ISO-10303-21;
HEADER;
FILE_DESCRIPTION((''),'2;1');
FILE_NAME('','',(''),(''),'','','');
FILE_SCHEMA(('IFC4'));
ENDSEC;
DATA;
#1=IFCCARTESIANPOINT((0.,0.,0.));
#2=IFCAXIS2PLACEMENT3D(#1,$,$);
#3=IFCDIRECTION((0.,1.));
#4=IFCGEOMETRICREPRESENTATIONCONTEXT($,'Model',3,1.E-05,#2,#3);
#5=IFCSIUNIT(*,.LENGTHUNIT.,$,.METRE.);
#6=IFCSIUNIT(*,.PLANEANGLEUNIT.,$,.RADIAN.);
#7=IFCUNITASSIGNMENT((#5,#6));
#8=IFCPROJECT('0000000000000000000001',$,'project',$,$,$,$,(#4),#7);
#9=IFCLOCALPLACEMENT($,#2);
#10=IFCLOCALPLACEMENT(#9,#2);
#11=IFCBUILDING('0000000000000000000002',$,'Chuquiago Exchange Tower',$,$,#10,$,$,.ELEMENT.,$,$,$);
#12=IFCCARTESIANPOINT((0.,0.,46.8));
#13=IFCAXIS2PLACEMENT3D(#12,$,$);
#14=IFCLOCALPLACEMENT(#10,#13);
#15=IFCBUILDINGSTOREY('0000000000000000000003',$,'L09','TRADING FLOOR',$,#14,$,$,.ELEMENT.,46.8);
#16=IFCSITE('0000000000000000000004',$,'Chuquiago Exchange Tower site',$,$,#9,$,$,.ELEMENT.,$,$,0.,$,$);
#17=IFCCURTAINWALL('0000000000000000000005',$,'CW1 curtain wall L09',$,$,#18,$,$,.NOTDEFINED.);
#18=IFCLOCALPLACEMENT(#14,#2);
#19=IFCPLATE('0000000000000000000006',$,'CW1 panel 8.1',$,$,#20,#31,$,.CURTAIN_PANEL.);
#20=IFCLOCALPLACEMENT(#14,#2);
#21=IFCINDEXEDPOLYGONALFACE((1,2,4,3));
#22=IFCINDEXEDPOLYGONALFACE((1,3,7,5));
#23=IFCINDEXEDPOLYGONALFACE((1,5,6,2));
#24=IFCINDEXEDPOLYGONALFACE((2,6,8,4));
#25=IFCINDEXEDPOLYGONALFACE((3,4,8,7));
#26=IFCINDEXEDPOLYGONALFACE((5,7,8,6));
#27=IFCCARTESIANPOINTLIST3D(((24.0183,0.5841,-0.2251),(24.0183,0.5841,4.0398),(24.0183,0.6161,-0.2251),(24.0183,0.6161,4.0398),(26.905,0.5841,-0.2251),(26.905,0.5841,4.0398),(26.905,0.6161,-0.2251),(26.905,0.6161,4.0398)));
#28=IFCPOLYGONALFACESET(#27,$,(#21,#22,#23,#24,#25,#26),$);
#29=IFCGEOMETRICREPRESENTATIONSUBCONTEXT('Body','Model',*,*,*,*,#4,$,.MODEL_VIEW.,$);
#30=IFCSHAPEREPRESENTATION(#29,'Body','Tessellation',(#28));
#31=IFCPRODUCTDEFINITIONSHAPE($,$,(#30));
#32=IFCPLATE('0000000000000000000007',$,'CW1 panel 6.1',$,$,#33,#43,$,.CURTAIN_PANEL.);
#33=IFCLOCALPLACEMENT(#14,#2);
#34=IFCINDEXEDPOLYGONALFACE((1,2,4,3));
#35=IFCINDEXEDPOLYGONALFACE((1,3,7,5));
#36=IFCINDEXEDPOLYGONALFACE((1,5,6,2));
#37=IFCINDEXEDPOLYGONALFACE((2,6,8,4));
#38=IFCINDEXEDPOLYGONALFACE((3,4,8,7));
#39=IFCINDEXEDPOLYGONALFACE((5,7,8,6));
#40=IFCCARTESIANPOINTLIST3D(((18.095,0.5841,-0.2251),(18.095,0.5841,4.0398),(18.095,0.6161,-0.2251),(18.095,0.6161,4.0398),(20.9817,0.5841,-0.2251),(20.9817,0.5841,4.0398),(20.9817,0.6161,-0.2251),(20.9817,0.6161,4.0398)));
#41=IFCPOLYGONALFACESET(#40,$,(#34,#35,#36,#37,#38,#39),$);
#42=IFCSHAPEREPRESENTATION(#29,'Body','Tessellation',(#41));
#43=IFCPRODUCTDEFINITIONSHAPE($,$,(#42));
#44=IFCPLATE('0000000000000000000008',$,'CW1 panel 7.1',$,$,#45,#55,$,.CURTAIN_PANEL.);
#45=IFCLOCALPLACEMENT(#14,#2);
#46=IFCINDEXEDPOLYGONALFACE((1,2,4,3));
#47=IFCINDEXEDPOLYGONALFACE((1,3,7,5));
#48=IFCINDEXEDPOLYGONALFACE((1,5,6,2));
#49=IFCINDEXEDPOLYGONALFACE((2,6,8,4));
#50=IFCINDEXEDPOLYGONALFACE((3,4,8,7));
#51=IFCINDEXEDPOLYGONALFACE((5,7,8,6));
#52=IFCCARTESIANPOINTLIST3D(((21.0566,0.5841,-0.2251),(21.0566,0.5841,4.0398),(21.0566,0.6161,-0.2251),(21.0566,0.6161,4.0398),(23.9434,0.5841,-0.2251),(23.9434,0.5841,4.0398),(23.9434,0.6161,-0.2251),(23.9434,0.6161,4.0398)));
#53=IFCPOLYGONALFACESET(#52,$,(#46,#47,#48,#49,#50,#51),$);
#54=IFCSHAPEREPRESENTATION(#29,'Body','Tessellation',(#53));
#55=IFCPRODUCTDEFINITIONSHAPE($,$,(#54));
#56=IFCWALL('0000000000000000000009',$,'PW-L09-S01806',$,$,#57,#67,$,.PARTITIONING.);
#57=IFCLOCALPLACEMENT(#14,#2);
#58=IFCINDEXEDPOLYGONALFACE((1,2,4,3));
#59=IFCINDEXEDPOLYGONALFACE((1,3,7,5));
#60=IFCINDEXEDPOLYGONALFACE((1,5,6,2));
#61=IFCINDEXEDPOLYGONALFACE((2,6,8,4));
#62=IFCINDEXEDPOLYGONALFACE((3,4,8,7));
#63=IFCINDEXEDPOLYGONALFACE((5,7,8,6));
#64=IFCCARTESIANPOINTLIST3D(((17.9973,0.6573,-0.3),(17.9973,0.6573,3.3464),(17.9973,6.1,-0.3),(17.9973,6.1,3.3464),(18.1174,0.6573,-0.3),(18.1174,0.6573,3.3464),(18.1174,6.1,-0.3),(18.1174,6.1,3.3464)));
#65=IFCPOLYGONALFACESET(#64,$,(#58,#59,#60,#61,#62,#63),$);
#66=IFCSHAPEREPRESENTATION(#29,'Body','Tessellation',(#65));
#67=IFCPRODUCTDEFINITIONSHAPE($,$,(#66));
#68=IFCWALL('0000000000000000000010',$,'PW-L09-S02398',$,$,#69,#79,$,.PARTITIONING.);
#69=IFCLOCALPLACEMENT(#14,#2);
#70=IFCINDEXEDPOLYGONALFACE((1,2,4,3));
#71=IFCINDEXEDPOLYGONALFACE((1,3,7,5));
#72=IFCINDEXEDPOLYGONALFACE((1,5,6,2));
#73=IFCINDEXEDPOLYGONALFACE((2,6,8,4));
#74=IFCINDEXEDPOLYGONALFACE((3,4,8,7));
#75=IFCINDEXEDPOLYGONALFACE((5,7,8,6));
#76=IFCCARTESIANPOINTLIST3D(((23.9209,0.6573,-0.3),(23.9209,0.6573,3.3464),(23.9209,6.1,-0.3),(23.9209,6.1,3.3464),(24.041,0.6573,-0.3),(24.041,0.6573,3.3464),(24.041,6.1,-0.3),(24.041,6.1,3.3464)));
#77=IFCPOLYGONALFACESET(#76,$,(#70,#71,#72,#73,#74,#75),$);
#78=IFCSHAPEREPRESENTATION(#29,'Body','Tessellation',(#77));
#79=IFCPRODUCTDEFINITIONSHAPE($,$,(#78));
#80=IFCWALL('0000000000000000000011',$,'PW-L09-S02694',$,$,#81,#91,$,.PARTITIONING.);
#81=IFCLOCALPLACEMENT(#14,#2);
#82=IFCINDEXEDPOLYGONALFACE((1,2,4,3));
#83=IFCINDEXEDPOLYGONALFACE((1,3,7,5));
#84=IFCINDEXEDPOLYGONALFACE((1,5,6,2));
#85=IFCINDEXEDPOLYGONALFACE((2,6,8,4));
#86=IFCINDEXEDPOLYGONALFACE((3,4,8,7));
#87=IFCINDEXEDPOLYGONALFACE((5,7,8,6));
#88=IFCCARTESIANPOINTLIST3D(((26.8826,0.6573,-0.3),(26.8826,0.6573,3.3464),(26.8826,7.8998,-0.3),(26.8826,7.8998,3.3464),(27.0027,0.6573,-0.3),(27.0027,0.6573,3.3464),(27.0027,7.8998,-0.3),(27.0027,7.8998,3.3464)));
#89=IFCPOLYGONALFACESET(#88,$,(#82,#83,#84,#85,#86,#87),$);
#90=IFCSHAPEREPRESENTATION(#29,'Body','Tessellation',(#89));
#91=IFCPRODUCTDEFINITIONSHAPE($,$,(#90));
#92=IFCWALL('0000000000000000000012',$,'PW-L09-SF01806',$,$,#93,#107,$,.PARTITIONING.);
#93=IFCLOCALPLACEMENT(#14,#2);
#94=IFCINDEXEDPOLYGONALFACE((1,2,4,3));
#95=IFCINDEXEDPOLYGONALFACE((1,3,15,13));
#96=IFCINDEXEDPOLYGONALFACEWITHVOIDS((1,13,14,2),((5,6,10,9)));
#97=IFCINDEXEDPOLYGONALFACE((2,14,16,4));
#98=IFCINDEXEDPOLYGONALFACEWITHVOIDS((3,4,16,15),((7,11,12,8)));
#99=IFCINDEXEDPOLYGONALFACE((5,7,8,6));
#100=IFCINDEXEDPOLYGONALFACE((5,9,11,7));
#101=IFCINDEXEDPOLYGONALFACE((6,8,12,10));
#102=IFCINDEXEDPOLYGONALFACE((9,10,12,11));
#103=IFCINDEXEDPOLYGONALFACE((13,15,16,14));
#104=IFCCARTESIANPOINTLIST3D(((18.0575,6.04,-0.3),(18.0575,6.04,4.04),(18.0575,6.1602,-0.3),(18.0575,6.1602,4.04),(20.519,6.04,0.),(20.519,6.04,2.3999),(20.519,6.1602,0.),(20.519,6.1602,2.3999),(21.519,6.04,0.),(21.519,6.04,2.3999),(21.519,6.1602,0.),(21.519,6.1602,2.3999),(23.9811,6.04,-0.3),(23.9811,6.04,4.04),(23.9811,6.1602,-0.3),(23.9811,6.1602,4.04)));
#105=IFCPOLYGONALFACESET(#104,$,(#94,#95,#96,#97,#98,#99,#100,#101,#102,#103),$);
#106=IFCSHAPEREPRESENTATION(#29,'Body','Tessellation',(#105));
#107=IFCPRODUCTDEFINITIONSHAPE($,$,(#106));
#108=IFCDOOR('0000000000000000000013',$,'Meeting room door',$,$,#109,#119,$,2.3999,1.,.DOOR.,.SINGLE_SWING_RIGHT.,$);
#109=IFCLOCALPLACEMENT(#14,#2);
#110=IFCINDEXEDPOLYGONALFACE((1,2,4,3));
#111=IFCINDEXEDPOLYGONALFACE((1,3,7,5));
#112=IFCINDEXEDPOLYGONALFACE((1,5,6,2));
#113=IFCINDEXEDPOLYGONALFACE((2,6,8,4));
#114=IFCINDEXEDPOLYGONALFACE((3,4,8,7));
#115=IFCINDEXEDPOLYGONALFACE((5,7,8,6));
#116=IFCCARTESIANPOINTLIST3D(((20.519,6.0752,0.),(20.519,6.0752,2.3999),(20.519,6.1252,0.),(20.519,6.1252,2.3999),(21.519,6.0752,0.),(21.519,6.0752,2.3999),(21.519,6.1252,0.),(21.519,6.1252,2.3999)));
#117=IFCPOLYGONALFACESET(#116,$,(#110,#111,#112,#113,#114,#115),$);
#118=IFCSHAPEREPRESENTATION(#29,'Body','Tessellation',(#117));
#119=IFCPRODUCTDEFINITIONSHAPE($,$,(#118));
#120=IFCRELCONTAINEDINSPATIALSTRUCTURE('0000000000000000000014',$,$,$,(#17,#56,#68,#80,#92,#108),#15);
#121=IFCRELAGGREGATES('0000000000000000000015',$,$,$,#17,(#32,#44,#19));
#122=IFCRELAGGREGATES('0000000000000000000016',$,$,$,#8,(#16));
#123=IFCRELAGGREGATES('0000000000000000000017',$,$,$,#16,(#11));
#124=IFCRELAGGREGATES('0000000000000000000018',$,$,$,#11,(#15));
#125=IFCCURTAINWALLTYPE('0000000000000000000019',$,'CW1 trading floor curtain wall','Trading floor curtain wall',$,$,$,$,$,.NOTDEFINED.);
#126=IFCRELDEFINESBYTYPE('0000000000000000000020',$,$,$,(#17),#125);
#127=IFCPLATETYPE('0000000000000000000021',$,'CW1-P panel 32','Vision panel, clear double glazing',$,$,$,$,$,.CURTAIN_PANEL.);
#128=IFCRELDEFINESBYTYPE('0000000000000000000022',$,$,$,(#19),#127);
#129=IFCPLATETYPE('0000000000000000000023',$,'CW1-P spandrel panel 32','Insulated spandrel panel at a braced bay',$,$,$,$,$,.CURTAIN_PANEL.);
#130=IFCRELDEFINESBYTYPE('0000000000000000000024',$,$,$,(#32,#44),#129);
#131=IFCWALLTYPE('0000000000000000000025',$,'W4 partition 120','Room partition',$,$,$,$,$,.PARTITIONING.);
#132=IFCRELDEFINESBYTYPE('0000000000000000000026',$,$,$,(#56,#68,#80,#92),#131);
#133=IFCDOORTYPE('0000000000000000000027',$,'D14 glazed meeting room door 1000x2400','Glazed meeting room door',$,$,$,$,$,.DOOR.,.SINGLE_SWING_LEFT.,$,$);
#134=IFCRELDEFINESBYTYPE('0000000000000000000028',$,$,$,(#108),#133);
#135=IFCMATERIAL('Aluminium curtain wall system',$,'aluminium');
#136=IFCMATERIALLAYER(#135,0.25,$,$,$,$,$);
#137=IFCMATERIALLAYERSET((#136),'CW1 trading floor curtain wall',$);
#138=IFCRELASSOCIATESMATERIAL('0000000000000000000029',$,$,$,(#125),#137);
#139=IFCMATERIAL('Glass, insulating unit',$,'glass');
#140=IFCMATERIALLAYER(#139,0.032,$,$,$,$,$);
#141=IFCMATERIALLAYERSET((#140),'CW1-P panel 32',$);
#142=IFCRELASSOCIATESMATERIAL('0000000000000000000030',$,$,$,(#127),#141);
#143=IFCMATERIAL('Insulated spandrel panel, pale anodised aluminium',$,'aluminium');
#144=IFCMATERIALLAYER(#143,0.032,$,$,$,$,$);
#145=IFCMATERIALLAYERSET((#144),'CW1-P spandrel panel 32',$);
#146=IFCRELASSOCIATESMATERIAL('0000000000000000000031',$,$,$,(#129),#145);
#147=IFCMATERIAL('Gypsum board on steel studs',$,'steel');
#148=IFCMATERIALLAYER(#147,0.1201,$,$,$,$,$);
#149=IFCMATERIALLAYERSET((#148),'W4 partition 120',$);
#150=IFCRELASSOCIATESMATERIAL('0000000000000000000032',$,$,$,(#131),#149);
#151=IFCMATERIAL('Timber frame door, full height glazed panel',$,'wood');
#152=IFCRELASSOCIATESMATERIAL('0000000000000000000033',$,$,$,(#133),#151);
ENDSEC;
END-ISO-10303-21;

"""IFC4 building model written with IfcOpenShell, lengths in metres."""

from ifc_helpers import new_model, si_unit, direction, frame, frame_2d, origin, origin_2d, place, context, subcontext, project, spatial, rectangle, extrude, material, layer, layer_set, type_object, element, fill, aggregate, save


model = new_model("IFC4")

# Units and contexts
model_context = context("Model", 3, precision=1e-05, world=origin(), true_north=direction((0.0, 1.0)))
body_context = subcontext(model_context, "Body", "Model", "MODEL_VIEW")
ifc_project = project(units=[si_unit("LENGTHUNIT", "METRE"), si_unit("PLANEANGLEUNIT", "RADIAN")], contexts=[model_context])

# Site, building, storey
site_placement = place(None, origin())
site = spatial("IfcSite", under=ifc_project, at=site_placement, Name="Chuquiago Exchange Tower site", CompositionType="ELEMENT", RefElevation=0.0)
building_placement = place(site_placement, origin())
building = spatial("IfcBuilding", under=site, at=building_placement, Name="Chuquiago Exchange Tower", CompositionType="ELEMENT")
storey_placement = place(building_placement, frame((0.0, 0.0, 46.8)))
storey = spatial("IfcBuildingStorey", under=building, at=storey_placement, Name="L09", Description="TRADING FLOOR", CompositionType="ELEMENT", Elevation=46.8)

# Curtain wall
ifc_material_1 = material(Name="Aluminium curtain wall system", Category="aluminium")
ifc_layer_1 = layer(ifc_material_1, 0.25)
ifc_layer_set_1 = layer_set([ifc_layer_1], Name="CW1 trading floor curtain wall")
curtain_wall_type = type_object("IfcCurtainWallType", Name="CW1 trading floor curtain wall", Description="Trading floor curtain wall", PredefinedType="NOTDEFINED", material=ifc_layer_set_1)
curtain_wall_placement = place(storey_placement, origin())
curtain_wall = element("IfcCurtainWall", 1, at=curtain_wall_placement, inside=storey, type_object=curtain_wall_type, Name="CW1 curtain wall L09", PredefinedType="NOTDEFINED")

# Plates
ifc_material_2 = material(Name="Glass, insulating unit", Category="glass")
ifc_layer_2 = layer(ifc_material_2, 0.032)
ifc_layer_set_2 = layer_set([ifc_layer_2], Name="CW1-P panel 32")
plate_type_1 = type_object("IfcPlateType", Name="CW1-P panel 32", Description="Vision panel, clear double glazing", PredefinedType="CURTAIN_PANEL", material=ifc_layer_set_2)
plate_1_placement = place(storey_placement, frame((25.4617, 0.6001, -0.2251), z_axis=(0.0, 0.0, 1.0), x_axis=(1.0, 0.0, 0.0)))
plate_1 = element("IfcPlate", 2, at=plate_1_placement, type_object=plate_type_1, Name="CW1 panel 8.1", PredefinedType="CURTAIN_PANEL", context=body_context, shape_type="SweptSolid", body=[
    extrude(rectangle(XDim=2.8867, YDim=0.032, at=origin_2d()), origin(), (0.0, 0.0, 1.0), 4.2649),
])
ifc_material_3 = material(Name="Insulated spandrel panel, pale anodised aluminium", Category="aluminium")
ifc_layer_3 = layer(ifc_material_3, 0.032)
ifc_layer_set_3 = layer_set([ifc_layer_3], Name="CW1-P spandrel panel 32")
plate_type_2 = type_object("IfcPlateType", Name="CW1-P spandrel panel 32", Description="Insulated spandrel panel at a braced bay", PredefinedType="CURTAIN_PANEL", material=ifc_layer_set_3)
plate_2_placement = place(storey_placement, frame((19.5383, 0.6001, -0.2251), z_axis=(0.0, 0.0, 1.0), x_axis=(1.0, 0.0, 0.0)))
plate_2 = element("IfcPlate", 3, at=plate_2_placement, type_object=plate_type_2, Name="CW1 panel 6.1", PredefinedType="CURTAIN_PANEL", context=body_context, shape_type="SweptSolid", body=[
    extrude(rectangle(XDim=2.8867, YDim=0.032, at=origin_2d()), origin(), (0.0, 0.0, 1.0), 4.2649),
])
plate_3_placement = place(storey_placement, frame((22.5, 0.6001, -0.2251), z_axis=(0.0, 0.0, 1.0), x_axis=(1.0, 0.0, 0.0)))
plate_3 = element("IfcPlate", 4, at=plate_3_placement, type_object=plate_type_2, Name="CW1 panel 7.1", PredefinedType="CURTAIN_PANEL", context=body_context, shape_type="SweptSolid", body=[
    extrude(rectangle(XDim=2.8867, YDim=0.032, at=origin_2d()), origin(), (0.0, 0.0, 1.0), 4.2649),
])
aggregate(curtain_wall, [plate_2, plate_3, plate_1])

# Walls
ifc_material_4 = material(Name="Gypsum board on steel studs", Category="steel")
ifc_layer_4 = layer(ifc_material_4, 0.1201)
ifc_layer_set_4 = layer_set([ifc_layer_4], Name="W4 partition 120")
wall_type = type_object("IfcWallType", Name="W4 partition 120", Description="Room partition", PredefinedType="PARTITIONING", material=ifc_layer_set_4)
for number, where, z_axis, x_axis, name in (
    (5, (18.0574, 0.6575, -0.3), (0.0, 0.0, 1.0), (0.0, 1.0, 0.0), "PW-L09-S01806"),
    (6, (23.981, 0.6575, -0.3), (0.0, 0.0, 1.0), (0.0, 1.0, 0.0), "PW-L09-S02398"),
):
    element("IfcWall", number, at=place(storey_placement, frame(where, z_axis=z_axis, x_axis=x_axis)), inside=storey, type_object=wall_type, Name=name, PredefinedType="PARTITIONING", context=body_context, shape_type="SweptSolid", body=[
        extrude(rectangle(XDim=5.4426, YDim=0.1201, at=frame_2d((2.7212, 0.0))), origin(), (0.0, 0.0, 1.0), 3.6465),
    ])
wall_1_placement = place(storey_placement, frame((26.9426, 0.6575, -0.3), z_axis=(0.0, 0.0, 1.0), x_axis=(0.0, 1.0, 0.0)))
element("IfcWall", 7, at=wall_1_placement, inside=storey, type_object=wall_type, Name="PW-L09-S02694", PredefinedType="PARTITIONING", context=body_context, shape_type="SweptSolid", body=[
    extrude(rectangle(XDim=7.2424, YDim=0.1201, at=frame_2d((3.6211, 0.0))), origin(), (0.0, 0.0, 1.0), 3.6465),
])

# Wall, opening, door
wall_2_placement = place(storey_placement, frame((18.0574, 6.1001, -0.3), z_axis=(0.0, 0.0, 1.0), x_axis=(1.0, 0.0, 0.0)))
wall_2 = element("IfcWall", 8, at=wall_2_placement, inside=storey, type_object=wall_type, Name="PW-L09-SF01806", PredefinedType="PARTITIONING", context=body_context, shape_type="SweptSolid", body=[
    extrude(rectangle(XDim=5.9236, YDim=0.1201, at=frame_2d((2.9619, 0.0))), origin(), (0.0, 0.0, 1.0), 4.3401),
])
opening_placement = place(wall_2_placement, frame((2.4617, 0.0, 0.3)))
opening = element("IfcOpeningElement", 9, at=opening_placement, cuts=wall_2, PredefinedType="OPENING", context=body_context, shape_type="SweptSolid", body=[
    extrude(rectangle(XDim=1.0, YDim=2.3999, at=frame_2d((0.5, 1.2))), frame((0.0, 0.0701, 0.0), z_axis=(0.0, -1.0, 0.0), x_axis=(1.0, 0.0, 0.0)), (0.0, 0.0, 1.0), 0.1401),
])
ifc_material_5 = material(Name="Timber frame door, full height glazed panel", Category="wood")
door_type = type_object("IfcDoorType", Name="D14 glazed meeting room door 1000x2400", Description="Glazed meeting room door", OperationType="SINGLE_SWING_LEFT", PredefinedType="DOOR", material=ifc_material_5)
door_placement = place(opening_placement, frame((1.0, 0.0, 0.0), z_axis=(0.0, 0.0, 1.0), x_axis=(-1.0, 0.0, 0.0)))
door = element("IfcDoor", 10, at=door_placement, inside=storey, type_object=door_type, Name="Meeting room door", OperationType="SINGLE_SWING_RIGHT", OverallHeight=2.3999, OverallWidth=1.0, PredefinedType="DOOR", context=body_context, shape_type="SweptSolid", body=[
    extrude(rectangle(XDim=1.0, YDim=2.3999, at=frame_2d((0.5, 1.2))), frame((0.0, 0.0249, 0.0), z_axis=(0.0, -1.0, 0.0), x_axis=(1.0, 0.0, 0.0)), (0.0, 0.0, 1.0), 0.05),
])
fill(opening, door)

save(model, "model.ifc")
